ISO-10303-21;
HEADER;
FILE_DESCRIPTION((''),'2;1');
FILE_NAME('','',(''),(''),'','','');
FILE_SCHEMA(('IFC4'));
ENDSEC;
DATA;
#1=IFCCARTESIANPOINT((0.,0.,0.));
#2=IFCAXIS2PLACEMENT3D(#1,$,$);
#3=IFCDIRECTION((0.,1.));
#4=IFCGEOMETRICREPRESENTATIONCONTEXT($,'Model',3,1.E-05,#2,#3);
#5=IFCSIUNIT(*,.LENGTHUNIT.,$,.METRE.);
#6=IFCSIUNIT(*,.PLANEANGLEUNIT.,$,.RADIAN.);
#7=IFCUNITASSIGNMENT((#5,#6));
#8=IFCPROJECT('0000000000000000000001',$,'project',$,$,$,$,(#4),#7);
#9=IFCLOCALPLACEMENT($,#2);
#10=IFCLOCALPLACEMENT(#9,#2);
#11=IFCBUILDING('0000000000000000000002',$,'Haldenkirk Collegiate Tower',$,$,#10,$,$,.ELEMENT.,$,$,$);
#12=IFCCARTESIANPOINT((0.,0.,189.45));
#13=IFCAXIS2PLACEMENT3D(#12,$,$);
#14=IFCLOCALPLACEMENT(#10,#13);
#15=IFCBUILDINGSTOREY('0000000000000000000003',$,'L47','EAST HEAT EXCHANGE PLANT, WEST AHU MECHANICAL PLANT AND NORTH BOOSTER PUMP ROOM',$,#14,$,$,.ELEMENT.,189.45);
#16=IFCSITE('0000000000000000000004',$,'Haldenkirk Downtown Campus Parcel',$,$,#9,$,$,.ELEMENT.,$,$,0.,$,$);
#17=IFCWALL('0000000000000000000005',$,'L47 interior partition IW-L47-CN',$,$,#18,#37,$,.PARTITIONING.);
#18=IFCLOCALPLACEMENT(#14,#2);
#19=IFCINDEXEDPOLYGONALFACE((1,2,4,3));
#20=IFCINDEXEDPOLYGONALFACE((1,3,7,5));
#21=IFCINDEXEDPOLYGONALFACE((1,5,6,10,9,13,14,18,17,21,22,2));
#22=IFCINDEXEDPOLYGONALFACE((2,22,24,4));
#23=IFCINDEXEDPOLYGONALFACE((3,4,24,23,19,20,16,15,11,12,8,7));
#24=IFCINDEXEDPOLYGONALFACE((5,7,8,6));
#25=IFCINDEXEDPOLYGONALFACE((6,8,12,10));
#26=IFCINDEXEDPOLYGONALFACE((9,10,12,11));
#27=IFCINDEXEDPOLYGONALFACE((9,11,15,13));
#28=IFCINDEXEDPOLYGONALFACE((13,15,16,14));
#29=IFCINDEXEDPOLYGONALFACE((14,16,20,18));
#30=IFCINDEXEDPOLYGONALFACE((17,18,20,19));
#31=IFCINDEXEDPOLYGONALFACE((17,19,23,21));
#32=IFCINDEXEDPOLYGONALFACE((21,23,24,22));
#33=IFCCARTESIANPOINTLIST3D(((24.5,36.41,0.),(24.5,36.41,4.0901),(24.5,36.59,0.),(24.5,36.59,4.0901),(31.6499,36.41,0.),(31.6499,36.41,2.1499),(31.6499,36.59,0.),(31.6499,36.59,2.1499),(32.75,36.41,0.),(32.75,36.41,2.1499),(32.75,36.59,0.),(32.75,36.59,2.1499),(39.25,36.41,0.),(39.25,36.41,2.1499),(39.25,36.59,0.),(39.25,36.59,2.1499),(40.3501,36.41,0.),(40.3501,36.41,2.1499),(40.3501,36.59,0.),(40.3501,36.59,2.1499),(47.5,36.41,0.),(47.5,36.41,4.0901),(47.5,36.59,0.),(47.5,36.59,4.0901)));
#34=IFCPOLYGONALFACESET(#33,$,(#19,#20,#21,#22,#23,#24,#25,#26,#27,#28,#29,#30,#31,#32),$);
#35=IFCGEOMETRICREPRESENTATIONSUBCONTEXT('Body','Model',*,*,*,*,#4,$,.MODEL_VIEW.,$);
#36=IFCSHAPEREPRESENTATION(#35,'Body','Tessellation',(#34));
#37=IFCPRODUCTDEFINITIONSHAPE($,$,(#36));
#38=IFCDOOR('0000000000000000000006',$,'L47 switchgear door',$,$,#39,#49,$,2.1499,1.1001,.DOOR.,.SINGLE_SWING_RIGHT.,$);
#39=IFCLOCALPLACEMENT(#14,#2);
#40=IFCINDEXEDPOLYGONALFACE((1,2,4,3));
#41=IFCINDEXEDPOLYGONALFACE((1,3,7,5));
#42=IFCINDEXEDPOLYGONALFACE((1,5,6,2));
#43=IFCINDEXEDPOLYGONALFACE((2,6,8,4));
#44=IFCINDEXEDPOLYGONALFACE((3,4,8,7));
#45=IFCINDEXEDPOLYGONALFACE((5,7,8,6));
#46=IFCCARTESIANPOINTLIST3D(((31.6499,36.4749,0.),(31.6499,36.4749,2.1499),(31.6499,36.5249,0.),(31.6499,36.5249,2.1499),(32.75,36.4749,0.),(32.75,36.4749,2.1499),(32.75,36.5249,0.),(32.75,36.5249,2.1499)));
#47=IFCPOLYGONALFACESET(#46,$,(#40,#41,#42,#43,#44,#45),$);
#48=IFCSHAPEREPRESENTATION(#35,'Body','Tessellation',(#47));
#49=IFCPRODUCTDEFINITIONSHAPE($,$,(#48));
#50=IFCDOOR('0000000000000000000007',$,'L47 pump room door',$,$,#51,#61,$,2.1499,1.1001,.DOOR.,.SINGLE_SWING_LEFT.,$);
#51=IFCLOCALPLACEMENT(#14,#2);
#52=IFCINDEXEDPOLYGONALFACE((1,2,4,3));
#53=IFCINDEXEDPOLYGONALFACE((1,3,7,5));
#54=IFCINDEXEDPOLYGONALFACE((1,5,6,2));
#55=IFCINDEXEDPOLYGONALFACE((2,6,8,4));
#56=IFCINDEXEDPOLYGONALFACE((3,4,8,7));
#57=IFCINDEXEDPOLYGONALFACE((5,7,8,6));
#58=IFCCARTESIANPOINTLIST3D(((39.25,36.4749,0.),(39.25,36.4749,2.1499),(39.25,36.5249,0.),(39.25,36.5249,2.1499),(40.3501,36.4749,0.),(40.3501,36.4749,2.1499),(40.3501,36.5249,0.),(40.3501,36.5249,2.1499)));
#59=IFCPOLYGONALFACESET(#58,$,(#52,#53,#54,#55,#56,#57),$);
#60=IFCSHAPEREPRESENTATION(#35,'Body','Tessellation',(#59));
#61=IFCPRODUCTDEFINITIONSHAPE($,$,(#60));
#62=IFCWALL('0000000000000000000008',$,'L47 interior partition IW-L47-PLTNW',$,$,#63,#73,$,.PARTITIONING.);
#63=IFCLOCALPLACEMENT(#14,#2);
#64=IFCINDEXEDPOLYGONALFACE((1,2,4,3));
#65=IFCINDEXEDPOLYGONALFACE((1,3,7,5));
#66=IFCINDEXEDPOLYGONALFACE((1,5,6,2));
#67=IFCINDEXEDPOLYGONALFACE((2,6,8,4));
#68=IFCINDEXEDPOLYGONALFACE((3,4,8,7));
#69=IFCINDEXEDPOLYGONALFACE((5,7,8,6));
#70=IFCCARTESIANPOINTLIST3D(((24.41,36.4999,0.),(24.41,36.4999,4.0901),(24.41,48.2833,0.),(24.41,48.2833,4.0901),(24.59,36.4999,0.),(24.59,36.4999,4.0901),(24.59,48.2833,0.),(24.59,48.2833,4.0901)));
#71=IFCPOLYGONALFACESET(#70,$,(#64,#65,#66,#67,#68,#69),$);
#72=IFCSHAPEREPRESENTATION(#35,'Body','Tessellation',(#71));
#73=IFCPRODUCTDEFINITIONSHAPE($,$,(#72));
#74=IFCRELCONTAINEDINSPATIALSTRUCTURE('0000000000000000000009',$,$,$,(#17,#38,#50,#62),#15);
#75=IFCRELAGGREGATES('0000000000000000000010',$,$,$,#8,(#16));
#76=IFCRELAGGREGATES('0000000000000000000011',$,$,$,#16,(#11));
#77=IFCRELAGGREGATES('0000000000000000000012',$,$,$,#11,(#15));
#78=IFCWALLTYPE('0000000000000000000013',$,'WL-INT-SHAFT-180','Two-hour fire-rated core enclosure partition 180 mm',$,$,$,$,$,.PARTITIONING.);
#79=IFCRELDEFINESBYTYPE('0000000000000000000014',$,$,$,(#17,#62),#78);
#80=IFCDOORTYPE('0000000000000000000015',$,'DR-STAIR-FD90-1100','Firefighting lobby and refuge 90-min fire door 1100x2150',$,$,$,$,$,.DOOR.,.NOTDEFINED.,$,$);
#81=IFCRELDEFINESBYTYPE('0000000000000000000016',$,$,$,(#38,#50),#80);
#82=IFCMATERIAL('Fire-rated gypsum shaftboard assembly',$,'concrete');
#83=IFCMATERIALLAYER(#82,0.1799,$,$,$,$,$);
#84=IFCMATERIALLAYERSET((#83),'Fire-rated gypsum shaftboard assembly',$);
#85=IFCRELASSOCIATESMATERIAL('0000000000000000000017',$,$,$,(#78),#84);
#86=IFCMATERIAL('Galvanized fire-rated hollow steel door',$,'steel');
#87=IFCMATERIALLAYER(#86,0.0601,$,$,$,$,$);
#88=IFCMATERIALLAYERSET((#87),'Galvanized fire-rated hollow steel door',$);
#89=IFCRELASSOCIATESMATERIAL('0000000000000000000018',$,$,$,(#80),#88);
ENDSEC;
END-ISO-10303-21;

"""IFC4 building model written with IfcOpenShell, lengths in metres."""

from ifc_helpers import new_model, si_unit, direction, frame, frame_2d, origin, place, context, subcontext, project, spatial, rectangle, extrude, material, layer, layer_set, type_object, element, fill, save


model = new_model("IFC4")

# Units and contexts
model_context = context("Model", 3, precision=1e-05, world=origin(), true_north=direction((0.0, 1.0)))
body_context = subcontext(model_context, "Body", "Model", "MODEL_VIEW")
ifc_project = project(units=[si_unit("LENGTHUNIT", "METRE"), si_unit("PLANEANGLEUNIT", "RADIAN")], contexts=[model_context])

# Site, building, storey
site_placement = place(None, origin())
site = spatial("IfcSite", under=ifc_project, at=site_placement, Name="Haldenkirk Downtown Campus Parcel", CompositionType="ELEMENT", RefElevation=0.0)
building_placement = place(site_placement, origin())
building = spatial("IfcBuilding", under=site, at=building_placement, Name="Haldenkirk Collegiate Tower", CompositionType="ELEMENT")
storey_placement = place(building_placement, frame((0.0, 0.0, 189.45)))
storey = spatial("IfcBuildingStorey", under=building, at=storey_placement, Name="L47", Description="EAST HEAT EXCHANGE PLANT, WEST AHU MECHANICAL PLANT AND NORTH BOOSTER PUMP ROOM", CompositionType="ELEMENT", Elevation=189.45)

# Wall, openings, doors
ifc_material_1 = material(Name="Fire-rated gypsum shaftboard assembly", Category="concrete")
ifc_layer_1 = layer(ifc_material_1, 0.1799)
ifc_layer_set_1 = layer_set([ifc_layer_1], Name="Fire-rated gypsum shaftboard assembly")
wall_type = type_object("IfcWallType", Name="WL-INT-SHAFT-180", Description="Two-hour fire-rated core enclosure partition 180 mm", PredefinedType="PARTITIONING", material=ifc_layer_set_1)
wall_1_placement = place(storey_placement, frame((24.5, 36.5, 0.0), z_axis=(0.0, 0.0, 1.0), x_axis=(1.0, 0.0, 0.0)))
wall_1 = element("IfcWall", 1, at=wall_1_placement, inside=storey, type_object=wall_type, Name="L47 interior partition IW-L47-CN", PredefinedType="PARTITIONING", context=body_context, shape_type="SweptSolid", body=[
    extrude(rectangle(XDim=23.0, YDim=0.1799, at=frame_2d((11.5, 0.0))), origin(), (0.0, 0.0, 1.0), 4.0901),
])
opening_1_placement = place(wall_1_placement, frame((7.1499, 0.0, 0.0)))
opening_1 = element("IfcOpeningElement", 2, at=opening_1_placement, cuts=wall_1, PredefinedType="OPENING", context=body_context, shape_type="SweptSolid", body=[
    extrude(rectangle(XDim=1.1001, YDim=2.1499, at=frame_2d((0.55, 1.075))), frame((0.0, 0.0999, 0.0), z_axis=(0.0, -1.0, 0.0), x_axis=(1.0, 0.0, 0.0)), (0.0, 0.0, 1.0), 0.2),
])
opening_2_placement = place(wall_1_placement, frame((14.75, 0.0, 0.0)))
opening_2 = element("IfcOpeningElement", 3, at=opening_2_placement, cuts=wall_1, PredefinedType="OPENING", context=body_context, shape_type="SweptSolid", body=[
    extrude(rectangle(XDim=1.1001, YDim=2.1499, at=frame_2d((0.55, 1.075))), frame((0.0, 0.0999, 0.0), z_axis=(0.0, -1.0, 0.0), x_axis=(1.0, 0.0, 0.0)), (0.0, 0.0, 1.0), 0.2),
])
ifc_material_2 = material(Name="Galvanized fire-rated hollow steel door", Category="steel")
ifc_layer_2 = layer(ifc_material_2, 0.0601)
ifc_layer_set_2 = layer_set([ifc_layer_2], Name="Galvanized fire-rated hollow steel door")
door_type = type_object("IfcDoorType", Name="DR-STAIR-FD90-1100", Description="Firefighting lobby and refuge 90-min fire door 1100x2150", OperationType="NOTDEFINED", PredefinedType="DOOR", material=ifc_layer_set_2)
door_1_placement = place(opening_1_placement, origin())
door_1 = element("IfcDoor", 4, at=door_1_placement, inside=storey, type_object=door_type, Name="L47 switchgear door", OperationType="SINGLE_SWING_RIGHT", OverallHeight=2.1499, OverallWidth=1.1001, PredefinedType="DOOR", context=body_context, shape_type="SweptSolid", body=[
    extrude(rectangle(XDim=1.1001, YDim=2.1499, at=frame_2d((0.55, 1.075))), frame((0.0, 0.0249, 0.0), z_axis=(0.0, -1.0, 0.0), x_axis=(1.0, 0.0, 0.0)), (0.0, 0.0, 1.0), 0.05),
])
fill(opening_1, door_1)
door_2_placement = place(opening_2_placement, origin())
door_2 = element("IfcDoor", 5, at=door_2_placement, inside=storey, type_object=door_type, Name="L47 pump room door", OperationType="SINGLE_SWING_LEFT", OverallHeight=2.1499, OverallWidth=1.1001, PredefinedType="DOOR", context=body_context, shape_type="SweptSolid", body=[
    extrude(rectangle(XDim=1.1001, YDim=2.1499, at=frame_2d((0.55, 1.075))), frame((0.0, 0.0249, 0.0), z_axis=(0.0, -1.0, 0.0), x_axis=(1.0, 0.0, 0.0)), (0.0, 0.0, 1.0), 0.05),
])
fill(opening_2, door_2)

# Wall
wall_2_placement = place(storey_placement, frame((24.5, 36.5, 0.0), z_axis=(0.0, 0.0, 1.0), x_axis=(0.0, 1.0, 0.0)))
element("IfcWall", 6, at=wall_2_placement, inside=storey, type_object=wall_type, Name="L47 interior partition IW-L47-PLTNW", PredefinedType="PARTITIONING", context=body_context, shape_type="SweptSolid", body=[
    extrude(rectangle(XDim=11.7834, YDim=0.1799, at=frame_2d((5.8916, 0.0))), origin(), (0.0, 0.0, 1.0), 4.0901),
])

save(model, "model.ifc")
